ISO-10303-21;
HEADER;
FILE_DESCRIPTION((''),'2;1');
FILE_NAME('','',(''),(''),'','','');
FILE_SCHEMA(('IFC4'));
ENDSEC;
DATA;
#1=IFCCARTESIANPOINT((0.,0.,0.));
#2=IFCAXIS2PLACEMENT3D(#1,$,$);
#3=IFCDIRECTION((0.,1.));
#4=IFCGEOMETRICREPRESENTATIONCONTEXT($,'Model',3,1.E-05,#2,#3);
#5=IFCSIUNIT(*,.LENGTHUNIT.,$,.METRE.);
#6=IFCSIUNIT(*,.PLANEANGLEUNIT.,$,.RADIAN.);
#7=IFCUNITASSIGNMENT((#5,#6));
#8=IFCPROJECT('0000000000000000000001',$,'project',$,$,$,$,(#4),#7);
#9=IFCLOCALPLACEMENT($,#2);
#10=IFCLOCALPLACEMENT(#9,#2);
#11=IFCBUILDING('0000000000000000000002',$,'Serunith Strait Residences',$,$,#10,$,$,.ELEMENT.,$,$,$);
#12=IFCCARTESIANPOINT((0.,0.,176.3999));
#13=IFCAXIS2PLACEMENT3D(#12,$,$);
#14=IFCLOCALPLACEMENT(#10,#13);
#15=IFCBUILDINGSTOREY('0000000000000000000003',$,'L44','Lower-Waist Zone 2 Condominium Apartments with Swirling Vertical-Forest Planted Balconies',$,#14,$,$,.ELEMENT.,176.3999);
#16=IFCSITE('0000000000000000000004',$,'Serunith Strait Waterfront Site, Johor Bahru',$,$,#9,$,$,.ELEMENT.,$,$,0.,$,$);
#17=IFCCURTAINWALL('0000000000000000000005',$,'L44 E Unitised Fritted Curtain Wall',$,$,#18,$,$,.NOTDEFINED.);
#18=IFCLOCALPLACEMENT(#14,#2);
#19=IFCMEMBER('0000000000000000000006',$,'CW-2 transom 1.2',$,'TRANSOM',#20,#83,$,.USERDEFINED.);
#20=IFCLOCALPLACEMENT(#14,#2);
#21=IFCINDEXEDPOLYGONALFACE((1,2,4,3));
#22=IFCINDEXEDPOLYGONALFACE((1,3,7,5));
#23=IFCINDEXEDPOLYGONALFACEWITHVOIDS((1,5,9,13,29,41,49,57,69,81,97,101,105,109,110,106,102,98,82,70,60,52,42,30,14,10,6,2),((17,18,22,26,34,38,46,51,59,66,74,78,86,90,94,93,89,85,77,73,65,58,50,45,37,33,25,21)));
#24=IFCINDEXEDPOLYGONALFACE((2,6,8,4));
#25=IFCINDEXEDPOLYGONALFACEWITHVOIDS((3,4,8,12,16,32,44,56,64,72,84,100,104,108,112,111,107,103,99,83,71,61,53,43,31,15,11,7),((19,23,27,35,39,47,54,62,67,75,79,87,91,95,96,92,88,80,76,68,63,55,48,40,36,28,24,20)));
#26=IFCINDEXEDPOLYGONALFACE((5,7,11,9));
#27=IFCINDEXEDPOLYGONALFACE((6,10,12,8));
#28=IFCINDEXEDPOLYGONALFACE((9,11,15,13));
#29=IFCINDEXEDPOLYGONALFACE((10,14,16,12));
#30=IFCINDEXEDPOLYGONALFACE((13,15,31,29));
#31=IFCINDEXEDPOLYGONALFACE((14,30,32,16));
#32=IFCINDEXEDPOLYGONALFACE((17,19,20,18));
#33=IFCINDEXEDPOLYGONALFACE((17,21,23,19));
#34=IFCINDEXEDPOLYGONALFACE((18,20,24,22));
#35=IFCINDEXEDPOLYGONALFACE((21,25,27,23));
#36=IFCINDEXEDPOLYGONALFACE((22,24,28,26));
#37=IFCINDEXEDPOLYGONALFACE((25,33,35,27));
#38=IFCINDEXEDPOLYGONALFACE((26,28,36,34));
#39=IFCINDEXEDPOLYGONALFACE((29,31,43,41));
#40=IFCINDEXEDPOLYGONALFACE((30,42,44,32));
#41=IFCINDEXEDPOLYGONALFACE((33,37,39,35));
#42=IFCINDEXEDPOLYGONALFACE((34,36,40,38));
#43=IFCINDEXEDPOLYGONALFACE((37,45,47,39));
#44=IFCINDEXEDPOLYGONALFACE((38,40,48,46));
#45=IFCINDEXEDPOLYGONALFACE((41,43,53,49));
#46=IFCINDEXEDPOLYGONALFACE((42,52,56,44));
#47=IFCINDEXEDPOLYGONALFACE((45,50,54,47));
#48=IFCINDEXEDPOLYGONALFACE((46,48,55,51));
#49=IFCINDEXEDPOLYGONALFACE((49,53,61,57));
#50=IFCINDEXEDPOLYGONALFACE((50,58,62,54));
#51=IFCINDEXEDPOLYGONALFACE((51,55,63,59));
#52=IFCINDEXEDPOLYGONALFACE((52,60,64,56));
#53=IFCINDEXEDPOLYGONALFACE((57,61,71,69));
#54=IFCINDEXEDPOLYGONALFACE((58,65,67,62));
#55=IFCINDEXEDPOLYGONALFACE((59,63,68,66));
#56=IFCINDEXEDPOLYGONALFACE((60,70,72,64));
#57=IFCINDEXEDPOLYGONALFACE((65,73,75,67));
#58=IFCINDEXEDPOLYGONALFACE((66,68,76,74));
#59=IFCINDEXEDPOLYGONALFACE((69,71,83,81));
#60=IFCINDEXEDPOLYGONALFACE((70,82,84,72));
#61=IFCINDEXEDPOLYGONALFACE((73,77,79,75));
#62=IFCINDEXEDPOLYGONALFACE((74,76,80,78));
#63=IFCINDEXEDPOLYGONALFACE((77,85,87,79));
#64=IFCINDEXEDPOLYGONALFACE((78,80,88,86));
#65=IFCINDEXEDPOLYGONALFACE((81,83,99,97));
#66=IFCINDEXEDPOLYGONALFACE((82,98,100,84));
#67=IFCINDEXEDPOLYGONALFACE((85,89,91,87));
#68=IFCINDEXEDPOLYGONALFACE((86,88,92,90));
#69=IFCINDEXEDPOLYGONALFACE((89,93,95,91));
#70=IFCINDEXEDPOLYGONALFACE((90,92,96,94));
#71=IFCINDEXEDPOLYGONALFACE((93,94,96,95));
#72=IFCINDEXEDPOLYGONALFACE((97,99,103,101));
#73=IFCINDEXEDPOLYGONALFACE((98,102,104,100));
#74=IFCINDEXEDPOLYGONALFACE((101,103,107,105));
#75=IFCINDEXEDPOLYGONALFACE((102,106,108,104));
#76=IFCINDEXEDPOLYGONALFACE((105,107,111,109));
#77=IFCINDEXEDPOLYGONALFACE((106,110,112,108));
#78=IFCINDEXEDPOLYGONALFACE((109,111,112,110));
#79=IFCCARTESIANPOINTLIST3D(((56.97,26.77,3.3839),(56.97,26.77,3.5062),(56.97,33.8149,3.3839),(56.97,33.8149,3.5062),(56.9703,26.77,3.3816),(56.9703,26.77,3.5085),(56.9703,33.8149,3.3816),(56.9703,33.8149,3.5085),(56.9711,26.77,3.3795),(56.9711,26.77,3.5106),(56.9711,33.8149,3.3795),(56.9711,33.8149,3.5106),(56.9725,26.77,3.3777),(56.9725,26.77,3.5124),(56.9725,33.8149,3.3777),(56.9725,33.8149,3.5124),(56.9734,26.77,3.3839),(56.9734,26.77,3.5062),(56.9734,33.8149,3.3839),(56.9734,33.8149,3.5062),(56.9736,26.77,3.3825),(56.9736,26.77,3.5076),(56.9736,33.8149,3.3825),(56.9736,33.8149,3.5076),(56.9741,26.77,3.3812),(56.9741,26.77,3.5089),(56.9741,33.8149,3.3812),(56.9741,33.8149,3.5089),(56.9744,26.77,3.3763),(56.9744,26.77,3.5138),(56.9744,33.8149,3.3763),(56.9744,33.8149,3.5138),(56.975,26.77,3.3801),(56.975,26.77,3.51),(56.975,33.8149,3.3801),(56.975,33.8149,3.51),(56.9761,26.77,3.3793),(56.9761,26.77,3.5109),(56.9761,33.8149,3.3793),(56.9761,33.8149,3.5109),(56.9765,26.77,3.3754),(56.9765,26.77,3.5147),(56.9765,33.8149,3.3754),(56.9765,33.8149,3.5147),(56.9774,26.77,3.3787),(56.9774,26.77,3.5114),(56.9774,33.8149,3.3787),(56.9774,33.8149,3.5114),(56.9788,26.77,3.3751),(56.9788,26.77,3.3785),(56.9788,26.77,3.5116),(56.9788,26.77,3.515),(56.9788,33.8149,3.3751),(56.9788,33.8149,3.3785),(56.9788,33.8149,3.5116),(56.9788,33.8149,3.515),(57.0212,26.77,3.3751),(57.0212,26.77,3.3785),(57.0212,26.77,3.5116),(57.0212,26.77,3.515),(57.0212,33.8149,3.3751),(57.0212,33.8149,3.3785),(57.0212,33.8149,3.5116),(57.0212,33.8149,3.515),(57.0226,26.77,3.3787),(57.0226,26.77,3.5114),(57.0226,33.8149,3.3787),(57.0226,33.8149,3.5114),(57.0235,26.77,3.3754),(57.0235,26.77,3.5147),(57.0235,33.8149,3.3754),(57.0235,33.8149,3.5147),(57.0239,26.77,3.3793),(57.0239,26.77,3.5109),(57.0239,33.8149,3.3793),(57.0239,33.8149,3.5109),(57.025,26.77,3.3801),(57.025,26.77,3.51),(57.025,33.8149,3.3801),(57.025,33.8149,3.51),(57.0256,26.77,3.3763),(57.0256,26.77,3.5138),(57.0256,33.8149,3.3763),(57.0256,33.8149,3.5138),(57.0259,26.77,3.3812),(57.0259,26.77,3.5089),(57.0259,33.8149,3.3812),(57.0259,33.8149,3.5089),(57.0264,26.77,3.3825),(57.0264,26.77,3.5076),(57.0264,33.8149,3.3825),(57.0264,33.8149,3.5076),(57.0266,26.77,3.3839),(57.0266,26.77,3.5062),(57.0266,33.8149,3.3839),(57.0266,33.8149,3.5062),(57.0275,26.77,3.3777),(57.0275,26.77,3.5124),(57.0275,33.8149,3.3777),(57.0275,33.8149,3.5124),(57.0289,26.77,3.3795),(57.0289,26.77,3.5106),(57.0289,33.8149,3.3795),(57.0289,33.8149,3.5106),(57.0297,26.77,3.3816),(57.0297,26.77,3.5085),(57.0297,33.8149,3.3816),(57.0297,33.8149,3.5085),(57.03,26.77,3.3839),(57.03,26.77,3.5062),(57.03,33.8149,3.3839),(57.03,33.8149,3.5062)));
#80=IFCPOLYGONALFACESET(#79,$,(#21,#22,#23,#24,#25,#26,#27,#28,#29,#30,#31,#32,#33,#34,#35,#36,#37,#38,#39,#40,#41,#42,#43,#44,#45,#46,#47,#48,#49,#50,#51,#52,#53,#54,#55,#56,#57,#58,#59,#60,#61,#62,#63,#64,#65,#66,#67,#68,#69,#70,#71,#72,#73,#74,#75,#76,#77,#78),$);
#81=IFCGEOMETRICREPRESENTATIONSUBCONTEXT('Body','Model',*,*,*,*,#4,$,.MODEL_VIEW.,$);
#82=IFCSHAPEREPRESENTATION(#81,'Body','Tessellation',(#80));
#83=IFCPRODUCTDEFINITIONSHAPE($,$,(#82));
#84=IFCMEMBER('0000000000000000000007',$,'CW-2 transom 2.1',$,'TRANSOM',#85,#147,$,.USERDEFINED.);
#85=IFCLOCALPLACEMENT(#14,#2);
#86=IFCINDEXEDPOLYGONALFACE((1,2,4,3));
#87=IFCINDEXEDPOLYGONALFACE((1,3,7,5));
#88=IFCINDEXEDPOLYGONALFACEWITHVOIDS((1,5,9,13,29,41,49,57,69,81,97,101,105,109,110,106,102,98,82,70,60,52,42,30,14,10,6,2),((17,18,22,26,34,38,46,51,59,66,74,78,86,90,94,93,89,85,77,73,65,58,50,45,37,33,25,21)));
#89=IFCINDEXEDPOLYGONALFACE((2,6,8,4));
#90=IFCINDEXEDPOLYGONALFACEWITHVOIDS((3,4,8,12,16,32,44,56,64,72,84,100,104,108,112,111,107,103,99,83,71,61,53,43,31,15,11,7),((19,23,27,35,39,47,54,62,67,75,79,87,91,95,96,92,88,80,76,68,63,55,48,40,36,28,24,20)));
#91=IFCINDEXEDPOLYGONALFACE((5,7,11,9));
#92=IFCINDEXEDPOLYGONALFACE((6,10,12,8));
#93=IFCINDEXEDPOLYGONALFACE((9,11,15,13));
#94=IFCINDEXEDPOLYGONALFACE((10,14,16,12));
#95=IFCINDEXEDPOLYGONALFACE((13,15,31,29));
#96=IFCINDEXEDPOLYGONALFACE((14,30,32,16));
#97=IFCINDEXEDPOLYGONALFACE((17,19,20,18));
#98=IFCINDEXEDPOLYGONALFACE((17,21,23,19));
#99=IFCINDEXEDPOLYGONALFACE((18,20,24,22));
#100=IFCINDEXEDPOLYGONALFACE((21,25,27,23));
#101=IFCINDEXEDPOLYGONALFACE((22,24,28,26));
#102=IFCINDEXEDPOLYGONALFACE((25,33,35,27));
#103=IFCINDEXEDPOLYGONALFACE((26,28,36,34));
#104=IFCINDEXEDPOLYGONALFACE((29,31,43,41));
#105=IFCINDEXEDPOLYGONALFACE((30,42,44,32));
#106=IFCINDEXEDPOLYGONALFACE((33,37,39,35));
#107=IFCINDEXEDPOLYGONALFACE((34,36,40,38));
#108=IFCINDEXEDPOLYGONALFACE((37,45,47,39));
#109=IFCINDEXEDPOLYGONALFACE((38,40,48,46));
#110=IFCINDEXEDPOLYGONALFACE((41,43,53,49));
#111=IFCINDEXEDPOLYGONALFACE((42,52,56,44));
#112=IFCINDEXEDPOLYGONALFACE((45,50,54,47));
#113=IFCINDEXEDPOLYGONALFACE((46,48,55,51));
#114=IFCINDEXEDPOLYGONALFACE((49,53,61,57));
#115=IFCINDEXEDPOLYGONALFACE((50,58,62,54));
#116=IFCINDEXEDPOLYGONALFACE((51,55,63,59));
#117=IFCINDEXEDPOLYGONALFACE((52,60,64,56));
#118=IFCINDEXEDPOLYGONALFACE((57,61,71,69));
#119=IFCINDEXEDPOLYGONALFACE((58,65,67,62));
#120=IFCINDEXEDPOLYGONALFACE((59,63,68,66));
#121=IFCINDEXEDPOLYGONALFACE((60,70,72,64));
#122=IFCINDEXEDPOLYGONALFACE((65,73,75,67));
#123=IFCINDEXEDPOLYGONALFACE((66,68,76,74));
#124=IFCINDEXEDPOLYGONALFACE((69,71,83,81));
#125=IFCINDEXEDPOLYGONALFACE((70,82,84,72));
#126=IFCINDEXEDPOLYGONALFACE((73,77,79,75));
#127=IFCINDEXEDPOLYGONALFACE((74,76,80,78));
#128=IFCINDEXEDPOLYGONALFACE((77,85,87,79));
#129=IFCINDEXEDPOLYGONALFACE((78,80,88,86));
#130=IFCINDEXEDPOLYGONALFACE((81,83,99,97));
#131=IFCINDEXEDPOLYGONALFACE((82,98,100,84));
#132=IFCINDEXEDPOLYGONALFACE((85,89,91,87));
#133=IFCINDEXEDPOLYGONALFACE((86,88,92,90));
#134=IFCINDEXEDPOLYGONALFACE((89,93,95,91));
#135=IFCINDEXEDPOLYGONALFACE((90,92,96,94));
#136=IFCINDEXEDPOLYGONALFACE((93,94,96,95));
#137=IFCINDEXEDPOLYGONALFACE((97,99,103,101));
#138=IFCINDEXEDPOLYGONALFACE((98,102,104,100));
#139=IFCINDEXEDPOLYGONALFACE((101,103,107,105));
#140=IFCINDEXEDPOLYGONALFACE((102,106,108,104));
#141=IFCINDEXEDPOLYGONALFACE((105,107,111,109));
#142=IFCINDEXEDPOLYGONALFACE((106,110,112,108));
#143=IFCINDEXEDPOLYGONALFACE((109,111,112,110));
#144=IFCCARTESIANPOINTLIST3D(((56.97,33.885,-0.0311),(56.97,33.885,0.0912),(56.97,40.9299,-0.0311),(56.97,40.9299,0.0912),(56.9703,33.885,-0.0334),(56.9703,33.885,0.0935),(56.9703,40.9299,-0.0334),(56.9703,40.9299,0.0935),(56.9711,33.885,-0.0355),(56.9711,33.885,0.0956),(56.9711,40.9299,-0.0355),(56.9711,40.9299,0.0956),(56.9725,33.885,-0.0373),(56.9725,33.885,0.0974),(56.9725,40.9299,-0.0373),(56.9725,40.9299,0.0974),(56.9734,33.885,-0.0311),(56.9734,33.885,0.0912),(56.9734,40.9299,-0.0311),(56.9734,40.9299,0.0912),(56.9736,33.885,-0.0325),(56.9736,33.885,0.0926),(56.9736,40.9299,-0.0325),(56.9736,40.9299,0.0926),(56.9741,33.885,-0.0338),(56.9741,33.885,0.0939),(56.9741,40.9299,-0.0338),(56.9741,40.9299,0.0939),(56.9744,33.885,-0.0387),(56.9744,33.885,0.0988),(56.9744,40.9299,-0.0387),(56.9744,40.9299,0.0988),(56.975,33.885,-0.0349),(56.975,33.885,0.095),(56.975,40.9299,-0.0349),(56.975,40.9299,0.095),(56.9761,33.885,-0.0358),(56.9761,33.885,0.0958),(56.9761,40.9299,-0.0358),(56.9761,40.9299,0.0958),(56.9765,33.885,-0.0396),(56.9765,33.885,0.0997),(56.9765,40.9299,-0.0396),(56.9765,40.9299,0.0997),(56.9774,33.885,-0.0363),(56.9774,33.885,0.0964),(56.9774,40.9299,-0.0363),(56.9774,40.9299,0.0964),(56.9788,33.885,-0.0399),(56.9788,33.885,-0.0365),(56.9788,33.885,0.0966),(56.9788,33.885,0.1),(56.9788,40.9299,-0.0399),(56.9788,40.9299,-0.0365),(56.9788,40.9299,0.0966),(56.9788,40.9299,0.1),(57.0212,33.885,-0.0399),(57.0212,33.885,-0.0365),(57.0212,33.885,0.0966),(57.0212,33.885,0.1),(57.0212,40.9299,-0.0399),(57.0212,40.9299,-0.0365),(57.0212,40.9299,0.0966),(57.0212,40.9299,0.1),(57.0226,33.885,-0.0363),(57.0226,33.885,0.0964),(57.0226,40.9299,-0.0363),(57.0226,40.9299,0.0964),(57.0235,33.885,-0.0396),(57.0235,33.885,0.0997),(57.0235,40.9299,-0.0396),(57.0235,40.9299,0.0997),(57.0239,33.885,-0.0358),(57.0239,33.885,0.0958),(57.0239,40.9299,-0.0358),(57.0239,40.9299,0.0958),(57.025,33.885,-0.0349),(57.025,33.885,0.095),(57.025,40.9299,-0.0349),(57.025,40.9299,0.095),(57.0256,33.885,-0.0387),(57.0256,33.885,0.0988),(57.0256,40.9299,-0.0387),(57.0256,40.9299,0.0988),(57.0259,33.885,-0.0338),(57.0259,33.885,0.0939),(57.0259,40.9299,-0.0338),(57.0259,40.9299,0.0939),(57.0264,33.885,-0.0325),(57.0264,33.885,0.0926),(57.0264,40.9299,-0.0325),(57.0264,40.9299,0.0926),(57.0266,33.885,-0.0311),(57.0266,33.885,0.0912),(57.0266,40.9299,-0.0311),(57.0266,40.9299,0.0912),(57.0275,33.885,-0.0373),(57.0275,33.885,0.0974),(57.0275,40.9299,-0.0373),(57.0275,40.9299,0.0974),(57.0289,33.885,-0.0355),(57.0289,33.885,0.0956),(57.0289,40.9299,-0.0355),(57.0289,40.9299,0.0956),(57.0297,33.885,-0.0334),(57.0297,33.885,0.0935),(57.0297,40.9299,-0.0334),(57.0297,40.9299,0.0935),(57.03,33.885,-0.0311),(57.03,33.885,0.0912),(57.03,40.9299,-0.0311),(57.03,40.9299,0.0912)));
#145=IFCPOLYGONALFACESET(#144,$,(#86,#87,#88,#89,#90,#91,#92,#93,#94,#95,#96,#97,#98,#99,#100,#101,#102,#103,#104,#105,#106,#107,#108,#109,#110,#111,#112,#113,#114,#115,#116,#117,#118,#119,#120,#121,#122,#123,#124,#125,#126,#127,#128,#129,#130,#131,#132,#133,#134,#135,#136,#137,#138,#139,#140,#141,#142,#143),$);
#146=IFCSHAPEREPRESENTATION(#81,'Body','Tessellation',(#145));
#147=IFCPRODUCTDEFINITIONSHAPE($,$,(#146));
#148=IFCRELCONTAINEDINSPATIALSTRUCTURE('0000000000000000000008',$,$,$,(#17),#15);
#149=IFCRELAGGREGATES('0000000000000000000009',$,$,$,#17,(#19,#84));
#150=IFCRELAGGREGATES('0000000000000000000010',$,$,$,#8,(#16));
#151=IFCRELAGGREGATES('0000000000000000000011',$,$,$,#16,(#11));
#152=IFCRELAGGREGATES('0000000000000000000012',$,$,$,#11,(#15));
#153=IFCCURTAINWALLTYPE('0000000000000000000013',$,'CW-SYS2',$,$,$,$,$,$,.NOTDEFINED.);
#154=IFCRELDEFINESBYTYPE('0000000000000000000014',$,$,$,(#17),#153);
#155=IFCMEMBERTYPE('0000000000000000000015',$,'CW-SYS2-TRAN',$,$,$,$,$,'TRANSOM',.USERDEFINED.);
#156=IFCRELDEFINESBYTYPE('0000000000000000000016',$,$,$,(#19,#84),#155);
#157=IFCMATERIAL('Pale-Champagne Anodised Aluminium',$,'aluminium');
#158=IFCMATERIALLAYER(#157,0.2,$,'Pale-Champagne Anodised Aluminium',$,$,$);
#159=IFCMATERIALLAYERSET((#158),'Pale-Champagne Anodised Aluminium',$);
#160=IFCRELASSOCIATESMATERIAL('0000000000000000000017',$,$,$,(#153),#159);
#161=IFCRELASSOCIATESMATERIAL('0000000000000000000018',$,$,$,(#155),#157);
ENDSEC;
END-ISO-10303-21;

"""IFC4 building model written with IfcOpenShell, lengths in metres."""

from ifc_helpers import new_model, si_unit, direction, frame, origin, origin_2d, place, context, subcontext, project, spatial, hollow_rectangle, extrude, source, transform, mapped, material, layer, layer_set, material_profile, profile_set, type_object, element, aggregate, save


model = new_model("IFC4")

# Units and contexts
model_context = context("Model", 3, precision=1e-05, world=origin(), true_north=direction((0.0, 1.0)))
body_context = subcontext(model_context, "Body", "Model", "MODEL_VIEW")
ifc_project = project(units=[si_unit("LENGTHUNIT", "METRE"), si_unit("PLANEANGLEUNIT", "RADIAN")], contexts=[model_context])

# Site, building, storey
site_placement = place(None, origin())
site = spatial("IfcSite", under=ifc_project, at=site_placement, Name="Serunith Strait Waterfront Site, Johor Bahru", CompositionType="ELEMENT", RefElevation=0.0)
building_placement = place(site_placement, origin())
building = spatial("IfcBuilding", under=site, at=building_placement, Name="Serunith Strait Residences", CompositionType="ELEMENT")
storey_placement = place(building_placement, frame((0.0, 0.0, 176.3999)))
storey = spatial("IfcBuildingStorey", under=building, at=storey_placement, Name="L44", Description="Lower-Waist Zone 2 Condominium Apartments with Swirling Vertical-Forest Planted Balconies", CompositionType="ELEMENT", Elevation=176.3999)

# Shared definitions
ifc_material_1 = material(Name="Pale-Champagne Anodised Aluminium", Category="aluminium")
ifc_layer_1 = layer(ifc_material_1, 0.2, Name="Pale-Champagne Anodised Aluminium")
ifc_layer_set_1 = layer_set([ifc_layer_1], Name="Pale-Champagne Anodised Aluminium")
curtain_wall_type = type_object("IfcCurtainWallType", Name="CW-SYS2", PredefinedType="NOTDEFINED", material=ifc_layer_set_1)

# Curtain wall, members
curtain_wall_1_placement = place(storey_placement, origin())
curtain_wall_1 = element("IfcCurtainWall", 1, at=curtain_wall_1_placement, inside=storey, type_object=curtain_wall_type, Name="L44 E Unitised Fritted Curtain Wall", PredefinedType="NOTDEFINED")
ifc_material_profile_1 = material_profile(ifc_material_1, hollow_rectangle(XDim=0.0601, YDim=0.1399, WallThickness=0.0034, InnerFilletRadius=0.0054, OuterFilletRadius=0.0088, at=origin_2d()), Name="ALU 140x60x3.5")
ifc_profile_set_1 = profile_set([ifc_material_profile_1], Name="Pale-Champagne Anodised Aluminium")
member_type_1 = type_object("IfcMemberType", Name="CW-SYS2-TRAN", ElementType="TRANSOM", PredefinedType="USERDEFINED", material=ifc_profile_set_1)
shared_shape_1 = source(origin(), body_context, "Body", "SweptSolid", [
    extrude(hollow_rectangle(XDim=0.0601, YDim=0.1399, WallThickness=0.0034, InnerFilletRadius=0.0054, OuterFilletRadius=0.0088, at=origin_2d()), origin(), (0.0, 0.0, 1.0), 7.0449),
])
member_1_placement = place(storey_placement, frame((57.0, 26.77, 3.4451), z_axis=(0.0, 1.0, 0.0), x_axis=(-1.0, 0.0, 0.0)))
member_1 = element("IfcMember", 2, at=member_1_placement, type_object=member_type_1, Name="CW-2 transom 1.2", ObjectType="TRANSOM", PredefinedType="USERDEFINED", context=body_context, shape_type="MappedRepresentation", body=[
    mapped(shared_shape_1, transform((0.0, 0.0, 0.0), scale=1.0)),
])
member_2_placement = place(storey_placement, frame((57.0, 33.885, 0.03), z_axis=(0.0, 1.0, 0.0), x_axis=(-1.0, 0.0, 0.0)))
member_2 = element("IfcMember", 3, at=member_2_placement, type_object=member_type_1, Name="CW-2 transom 2.1", ObjectType="TRANSOM", PredefinedType="USERDEFINED", context=body_context, shape_type="MappedRepresentation", body=[
    mapped(shared_shape_1, transform((0.0, 0.0, 0.0), scale=1.0)),
])
aggregate(curtain_wall_1, [member_1, member_2])

save(model, "model.ifc")
